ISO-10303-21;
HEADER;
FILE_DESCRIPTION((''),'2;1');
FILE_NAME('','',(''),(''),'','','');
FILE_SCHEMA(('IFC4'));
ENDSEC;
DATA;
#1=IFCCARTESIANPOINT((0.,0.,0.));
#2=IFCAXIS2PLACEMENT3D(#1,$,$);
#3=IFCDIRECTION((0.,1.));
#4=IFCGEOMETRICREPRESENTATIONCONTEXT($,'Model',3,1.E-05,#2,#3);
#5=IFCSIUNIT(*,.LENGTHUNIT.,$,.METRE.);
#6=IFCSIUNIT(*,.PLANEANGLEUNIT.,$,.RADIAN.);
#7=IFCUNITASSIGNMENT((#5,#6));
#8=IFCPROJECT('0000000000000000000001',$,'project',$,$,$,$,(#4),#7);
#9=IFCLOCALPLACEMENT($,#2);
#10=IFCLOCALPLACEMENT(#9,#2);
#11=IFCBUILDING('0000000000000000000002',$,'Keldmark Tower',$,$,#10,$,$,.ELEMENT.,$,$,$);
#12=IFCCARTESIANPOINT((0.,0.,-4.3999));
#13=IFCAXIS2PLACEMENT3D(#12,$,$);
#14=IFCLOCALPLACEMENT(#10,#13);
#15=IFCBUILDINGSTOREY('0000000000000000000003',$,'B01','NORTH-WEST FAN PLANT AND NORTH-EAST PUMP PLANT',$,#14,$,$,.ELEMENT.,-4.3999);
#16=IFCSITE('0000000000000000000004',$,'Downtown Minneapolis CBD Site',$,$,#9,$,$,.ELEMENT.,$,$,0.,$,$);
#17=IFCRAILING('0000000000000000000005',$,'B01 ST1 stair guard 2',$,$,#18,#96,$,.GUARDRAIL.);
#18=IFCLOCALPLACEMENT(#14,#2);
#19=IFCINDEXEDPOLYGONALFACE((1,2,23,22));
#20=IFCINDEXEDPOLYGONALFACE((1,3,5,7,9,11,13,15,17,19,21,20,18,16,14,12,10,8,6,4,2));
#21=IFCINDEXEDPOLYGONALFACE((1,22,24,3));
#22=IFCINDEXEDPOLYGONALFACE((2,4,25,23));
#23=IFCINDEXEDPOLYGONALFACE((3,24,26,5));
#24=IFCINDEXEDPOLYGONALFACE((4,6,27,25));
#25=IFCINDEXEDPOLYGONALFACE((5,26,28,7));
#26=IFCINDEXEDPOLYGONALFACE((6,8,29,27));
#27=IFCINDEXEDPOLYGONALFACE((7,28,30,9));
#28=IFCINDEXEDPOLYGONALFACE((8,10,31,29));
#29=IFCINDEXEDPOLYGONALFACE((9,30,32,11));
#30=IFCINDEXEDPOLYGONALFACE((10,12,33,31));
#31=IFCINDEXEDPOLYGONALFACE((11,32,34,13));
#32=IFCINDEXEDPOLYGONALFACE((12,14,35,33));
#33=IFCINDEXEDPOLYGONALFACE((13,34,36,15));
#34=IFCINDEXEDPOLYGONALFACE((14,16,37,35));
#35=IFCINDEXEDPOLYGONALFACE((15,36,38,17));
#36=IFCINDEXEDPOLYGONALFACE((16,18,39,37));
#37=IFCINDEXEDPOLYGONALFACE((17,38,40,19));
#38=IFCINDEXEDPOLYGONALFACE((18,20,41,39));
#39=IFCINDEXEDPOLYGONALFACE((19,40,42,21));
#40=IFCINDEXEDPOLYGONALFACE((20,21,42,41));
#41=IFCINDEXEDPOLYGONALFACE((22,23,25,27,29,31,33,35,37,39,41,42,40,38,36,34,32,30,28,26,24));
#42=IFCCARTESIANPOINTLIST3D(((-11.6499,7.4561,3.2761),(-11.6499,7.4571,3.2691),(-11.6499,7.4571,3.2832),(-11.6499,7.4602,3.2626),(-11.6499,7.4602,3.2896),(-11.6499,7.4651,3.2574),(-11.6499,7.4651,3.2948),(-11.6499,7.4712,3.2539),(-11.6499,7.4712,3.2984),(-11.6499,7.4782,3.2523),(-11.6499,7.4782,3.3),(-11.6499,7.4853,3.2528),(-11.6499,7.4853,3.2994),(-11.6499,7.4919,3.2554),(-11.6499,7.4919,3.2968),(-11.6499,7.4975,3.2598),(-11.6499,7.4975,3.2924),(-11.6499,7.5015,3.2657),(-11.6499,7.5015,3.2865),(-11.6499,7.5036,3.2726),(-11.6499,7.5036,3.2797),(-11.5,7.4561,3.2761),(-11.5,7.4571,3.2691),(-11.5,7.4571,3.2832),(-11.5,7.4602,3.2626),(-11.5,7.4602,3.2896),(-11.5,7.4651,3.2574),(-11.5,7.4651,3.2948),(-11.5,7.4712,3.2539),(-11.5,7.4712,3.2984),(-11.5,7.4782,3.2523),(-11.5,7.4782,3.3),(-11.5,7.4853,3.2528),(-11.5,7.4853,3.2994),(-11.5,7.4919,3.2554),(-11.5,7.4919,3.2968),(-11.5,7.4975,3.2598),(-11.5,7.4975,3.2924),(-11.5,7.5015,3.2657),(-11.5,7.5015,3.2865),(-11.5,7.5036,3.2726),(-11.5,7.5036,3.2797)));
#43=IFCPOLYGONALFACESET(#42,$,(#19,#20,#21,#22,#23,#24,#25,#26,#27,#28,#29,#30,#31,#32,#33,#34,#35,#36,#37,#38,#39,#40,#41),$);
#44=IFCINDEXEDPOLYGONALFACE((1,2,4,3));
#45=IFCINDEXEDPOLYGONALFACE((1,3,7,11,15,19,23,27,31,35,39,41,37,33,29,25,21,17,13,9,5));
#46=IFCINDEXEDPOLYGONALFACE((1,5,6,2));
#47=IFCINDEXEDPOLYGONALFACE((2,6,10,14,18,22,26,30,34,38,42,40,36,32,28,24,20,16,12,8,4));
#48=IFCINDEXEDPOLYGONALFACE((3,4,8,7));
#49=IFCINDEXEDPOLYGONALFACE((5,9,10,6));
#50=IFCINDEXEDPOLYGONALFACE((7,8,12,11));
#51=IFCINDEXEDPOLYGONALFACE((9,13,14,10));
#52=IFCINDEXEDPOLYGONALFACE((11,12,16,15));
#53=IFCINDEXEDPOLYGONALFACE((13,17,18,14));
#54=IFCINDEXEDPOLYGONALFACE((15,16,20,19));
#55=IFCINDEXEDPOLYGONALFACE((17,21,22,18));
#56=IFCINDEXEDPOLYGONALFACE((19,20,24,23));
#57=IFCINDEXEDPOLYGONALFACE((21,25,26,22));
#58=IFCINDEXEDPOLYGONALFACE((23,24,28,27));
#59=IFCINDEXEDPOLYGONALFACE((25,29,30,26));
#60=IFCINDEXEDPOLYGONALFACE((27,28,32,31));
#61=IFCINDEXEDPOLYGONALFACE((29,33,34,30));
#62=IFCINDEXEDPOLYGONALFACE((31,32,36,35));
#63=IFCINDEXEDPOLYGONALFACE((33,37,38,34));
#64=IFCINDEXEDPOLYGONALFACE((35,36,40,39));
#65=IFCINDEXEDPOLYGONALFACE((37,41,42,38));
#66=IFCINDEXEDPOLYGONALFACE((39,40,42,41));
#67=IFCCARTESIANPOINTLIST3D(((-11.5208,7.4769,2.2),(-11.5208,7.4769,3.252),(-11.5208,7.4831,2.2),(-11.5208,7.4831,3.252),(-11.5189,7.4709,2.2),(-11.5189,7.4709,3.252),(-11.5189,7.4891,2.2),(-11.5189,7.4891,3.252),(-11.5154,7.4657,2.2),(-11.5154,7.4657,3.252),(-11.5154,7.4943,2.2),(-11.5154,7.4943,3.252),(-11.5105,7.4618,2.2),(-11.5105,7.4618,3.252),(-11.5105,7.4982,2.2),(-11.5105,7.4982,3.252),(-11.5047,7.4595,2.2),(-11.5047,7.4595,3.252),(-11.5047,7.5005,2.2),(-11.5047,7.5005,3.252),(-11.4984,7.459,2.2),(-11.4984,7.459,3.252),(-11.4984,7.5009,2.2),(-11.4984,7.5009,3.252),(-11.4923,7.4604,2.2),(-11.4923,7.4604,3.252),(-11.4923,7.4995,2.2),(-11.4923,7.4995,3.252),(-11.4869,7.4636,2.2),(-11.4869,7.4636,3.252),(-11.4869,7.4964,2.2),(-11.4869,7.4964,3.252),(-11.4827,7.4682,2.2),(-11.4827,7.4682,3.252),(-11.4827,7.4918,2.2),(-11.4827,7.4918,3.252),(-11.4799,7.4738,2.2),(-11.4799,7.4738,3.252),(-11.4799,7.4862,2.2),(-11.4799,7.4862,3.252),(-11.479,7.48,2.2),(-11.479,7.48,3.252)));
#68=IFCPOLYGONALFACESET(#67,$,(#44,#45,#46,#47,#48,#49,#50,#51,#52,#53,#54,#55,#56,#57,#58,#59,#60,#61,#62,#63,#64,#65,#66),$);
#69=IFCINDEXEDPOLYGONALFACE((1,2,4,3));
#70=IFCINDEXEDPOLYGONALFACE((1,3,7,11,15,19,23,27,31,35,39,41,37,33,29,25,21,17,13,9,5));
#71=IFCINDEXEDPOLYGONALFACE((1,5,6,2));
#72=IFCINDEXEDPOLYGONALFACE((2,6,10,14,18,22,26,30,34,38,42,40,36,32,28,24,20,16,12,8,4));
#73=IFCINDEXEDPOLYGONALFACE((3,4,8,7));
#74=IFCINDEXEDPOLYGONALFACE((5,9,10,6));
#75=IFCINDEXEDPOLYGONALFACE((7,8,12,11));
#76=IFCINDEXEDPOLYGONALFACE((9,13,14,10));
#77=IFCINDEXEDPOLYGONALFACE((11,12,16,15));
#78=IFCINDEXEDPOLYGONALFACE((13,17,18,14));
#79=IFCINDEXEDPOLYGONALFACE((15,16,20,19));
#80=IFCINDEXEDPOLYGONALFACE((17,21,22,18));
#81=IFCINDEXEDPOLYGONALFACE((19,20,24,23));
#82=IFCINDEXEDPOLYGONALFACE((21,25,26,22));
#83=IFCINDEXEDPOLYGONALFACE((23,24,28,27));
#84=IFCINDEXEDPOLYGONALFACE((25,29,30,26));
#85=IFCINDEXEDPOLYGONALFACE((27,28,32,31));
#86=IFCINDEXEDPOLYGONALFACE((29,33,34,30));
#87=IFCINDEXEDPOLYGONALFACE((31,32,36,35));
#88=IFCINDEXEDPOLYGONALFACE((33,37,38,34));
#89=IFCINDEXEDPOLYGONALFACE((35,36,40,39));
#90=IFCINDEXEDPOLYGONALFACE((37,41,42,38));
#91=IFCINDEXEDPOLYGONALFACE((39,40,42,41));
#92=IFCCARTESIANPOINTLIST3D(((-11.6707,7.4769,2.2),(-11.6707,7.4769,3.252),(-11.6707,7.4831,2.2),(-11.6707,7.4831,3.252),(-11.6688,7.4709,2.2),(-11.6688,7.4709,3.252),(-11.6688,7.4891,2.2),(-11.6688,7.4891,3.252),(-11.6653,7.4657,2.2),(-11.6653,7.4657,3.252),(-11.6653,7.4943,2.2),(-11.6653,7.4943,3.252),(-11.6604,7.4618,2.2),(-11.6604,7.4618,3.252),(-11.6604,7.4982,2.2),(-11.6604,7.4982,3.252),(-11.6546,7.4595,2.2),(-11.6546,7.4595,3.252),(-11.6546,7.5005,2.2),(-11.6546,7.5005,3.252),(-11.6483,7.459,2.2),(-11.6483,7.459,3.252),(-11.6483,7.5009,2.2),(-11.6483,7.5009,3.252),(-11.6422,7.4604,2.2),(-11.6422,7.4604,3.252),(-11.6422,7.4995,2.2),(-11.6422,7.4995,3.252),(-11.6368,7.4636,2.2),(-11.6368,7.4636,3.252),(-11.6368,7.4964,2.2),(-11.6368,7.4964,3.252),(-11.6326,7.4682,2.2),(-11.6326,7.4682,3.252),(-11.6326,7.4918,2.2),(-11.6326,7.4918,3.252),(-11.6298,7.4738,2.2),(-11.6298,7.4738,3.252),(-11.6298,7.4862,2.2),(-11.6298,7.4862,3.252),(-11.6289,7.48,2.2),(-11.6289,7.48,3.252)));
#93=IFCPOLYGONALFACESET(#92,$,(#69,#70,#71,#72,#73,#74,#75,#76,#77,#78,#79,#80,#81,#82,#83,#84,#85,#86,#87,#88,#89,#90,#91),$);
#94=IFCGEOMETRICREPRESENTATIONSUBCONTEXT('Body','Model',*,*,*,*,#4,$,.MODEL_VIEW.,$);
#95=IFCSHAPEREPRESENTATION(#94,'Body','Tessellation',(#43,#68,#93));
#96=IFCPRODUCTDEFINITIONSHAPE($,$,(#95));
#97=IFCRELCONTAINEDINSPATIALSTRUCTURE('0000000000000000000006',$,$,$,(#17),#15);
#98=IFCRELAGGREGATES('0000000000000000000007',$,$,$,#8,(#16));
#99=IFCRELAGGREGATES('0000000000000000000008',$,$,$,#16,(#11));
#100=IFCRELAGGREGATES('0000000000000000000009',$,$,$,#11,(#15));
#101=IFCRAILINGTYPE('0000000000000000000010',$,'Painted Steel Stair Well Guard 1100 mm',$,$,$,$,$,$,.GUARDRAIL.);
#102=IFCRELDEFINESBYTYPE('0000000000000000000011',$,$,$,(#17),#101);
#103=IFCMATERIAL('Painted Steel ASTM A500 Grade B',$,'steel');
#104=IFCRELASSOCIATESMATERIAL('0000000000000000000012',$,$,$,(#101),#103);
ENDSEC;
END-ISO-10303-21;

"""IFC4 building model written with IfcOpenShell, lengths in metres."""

from ifc_helpers import new_model, si_unit, direction, frame, origin, origin_2d, place, context, subcontext, project, spatial, circle, extrude, material, type_object, element, save


model = new_model("IFC4")

# Units and contexts
model_context = context("Model", 3, precision=1e-05, world=origin(), true_north=direction((0.0, 1.0)))
body_context = subcontext(model_context, "Body", "Model", "MODEL_VIEW")
ifc_project = project(units=[si_unit("LENGTHUNIT", "METRE"), si_unit("PLANEANGLEUNIT", "RADIAN")], contexts=[model_context])

# Site, building, storey
site_placement = place(None, origin())
site = spatial("IfcSite", under=ifc_project, at=site_placement, Name="Downtown Minneapolis CBD Site", CompositionType="ELEMENT", RefElevation=0.0)
building_placement = place(site_placement, origin())
building = spatial("IfcBuilding", under=site, at=building_placement, Name="Keldmark Tower", CompositionType="ELEMENT")
storey_placement = place(building_placement, frame((0.0, 0.0, -4.3999)))
storey = spatial("IfcBuildingStorey", under=building, at=storey_placement, Name="B01", Description="NORTH-WEST FAN PLANT AND NORTH-EAST PUMP PLANT", CompositionType="ELEMENT", Elevation=-4.3999)

# Railing
ifc_material_1 = material(Name="Painted Steel ASTM A500 Grade B", Category="steel")
railing_type_1 = type_object("IfcRailingType", Name="Painted Steel Stair Well Guard 1100 mm", PredefinedType="GUARDRAIL", material=ifc_material_1)
railing_1_placement = place(storey_placement, frame((-11.5, 7.48, 2.2)))
element("IfcRailing", 1, at=railing_1_placement, inside=storey, type_object=railing_type_1, Name="B01 ST1 stair guard 2", PredefinedType="GUARDRAIL", context=body_context, shape_type="SweptSolid", body=[
    extrude(circle(Radius=0.0239, at=origin_2d()), frame((0.0, 0.0, 1.0762), z_axis=(-1.0, 0.0, 0.0), x_axis=(0.0, -1.0, 0.0)), (0.0, 0.0, 1.0), 0.1499),
    extrude(circle(Radius=0.021, at=origin_2d()), origin(), (0.0, 0.0, 1.0), 1.052),
    extrude(circle(Radius=0.021, at=origin_2d()), frame((-0.1499, 0.0, 0.0)), (0.0, 0.0, 1.0), 1.052),
])

save(model, "model.ifc")
